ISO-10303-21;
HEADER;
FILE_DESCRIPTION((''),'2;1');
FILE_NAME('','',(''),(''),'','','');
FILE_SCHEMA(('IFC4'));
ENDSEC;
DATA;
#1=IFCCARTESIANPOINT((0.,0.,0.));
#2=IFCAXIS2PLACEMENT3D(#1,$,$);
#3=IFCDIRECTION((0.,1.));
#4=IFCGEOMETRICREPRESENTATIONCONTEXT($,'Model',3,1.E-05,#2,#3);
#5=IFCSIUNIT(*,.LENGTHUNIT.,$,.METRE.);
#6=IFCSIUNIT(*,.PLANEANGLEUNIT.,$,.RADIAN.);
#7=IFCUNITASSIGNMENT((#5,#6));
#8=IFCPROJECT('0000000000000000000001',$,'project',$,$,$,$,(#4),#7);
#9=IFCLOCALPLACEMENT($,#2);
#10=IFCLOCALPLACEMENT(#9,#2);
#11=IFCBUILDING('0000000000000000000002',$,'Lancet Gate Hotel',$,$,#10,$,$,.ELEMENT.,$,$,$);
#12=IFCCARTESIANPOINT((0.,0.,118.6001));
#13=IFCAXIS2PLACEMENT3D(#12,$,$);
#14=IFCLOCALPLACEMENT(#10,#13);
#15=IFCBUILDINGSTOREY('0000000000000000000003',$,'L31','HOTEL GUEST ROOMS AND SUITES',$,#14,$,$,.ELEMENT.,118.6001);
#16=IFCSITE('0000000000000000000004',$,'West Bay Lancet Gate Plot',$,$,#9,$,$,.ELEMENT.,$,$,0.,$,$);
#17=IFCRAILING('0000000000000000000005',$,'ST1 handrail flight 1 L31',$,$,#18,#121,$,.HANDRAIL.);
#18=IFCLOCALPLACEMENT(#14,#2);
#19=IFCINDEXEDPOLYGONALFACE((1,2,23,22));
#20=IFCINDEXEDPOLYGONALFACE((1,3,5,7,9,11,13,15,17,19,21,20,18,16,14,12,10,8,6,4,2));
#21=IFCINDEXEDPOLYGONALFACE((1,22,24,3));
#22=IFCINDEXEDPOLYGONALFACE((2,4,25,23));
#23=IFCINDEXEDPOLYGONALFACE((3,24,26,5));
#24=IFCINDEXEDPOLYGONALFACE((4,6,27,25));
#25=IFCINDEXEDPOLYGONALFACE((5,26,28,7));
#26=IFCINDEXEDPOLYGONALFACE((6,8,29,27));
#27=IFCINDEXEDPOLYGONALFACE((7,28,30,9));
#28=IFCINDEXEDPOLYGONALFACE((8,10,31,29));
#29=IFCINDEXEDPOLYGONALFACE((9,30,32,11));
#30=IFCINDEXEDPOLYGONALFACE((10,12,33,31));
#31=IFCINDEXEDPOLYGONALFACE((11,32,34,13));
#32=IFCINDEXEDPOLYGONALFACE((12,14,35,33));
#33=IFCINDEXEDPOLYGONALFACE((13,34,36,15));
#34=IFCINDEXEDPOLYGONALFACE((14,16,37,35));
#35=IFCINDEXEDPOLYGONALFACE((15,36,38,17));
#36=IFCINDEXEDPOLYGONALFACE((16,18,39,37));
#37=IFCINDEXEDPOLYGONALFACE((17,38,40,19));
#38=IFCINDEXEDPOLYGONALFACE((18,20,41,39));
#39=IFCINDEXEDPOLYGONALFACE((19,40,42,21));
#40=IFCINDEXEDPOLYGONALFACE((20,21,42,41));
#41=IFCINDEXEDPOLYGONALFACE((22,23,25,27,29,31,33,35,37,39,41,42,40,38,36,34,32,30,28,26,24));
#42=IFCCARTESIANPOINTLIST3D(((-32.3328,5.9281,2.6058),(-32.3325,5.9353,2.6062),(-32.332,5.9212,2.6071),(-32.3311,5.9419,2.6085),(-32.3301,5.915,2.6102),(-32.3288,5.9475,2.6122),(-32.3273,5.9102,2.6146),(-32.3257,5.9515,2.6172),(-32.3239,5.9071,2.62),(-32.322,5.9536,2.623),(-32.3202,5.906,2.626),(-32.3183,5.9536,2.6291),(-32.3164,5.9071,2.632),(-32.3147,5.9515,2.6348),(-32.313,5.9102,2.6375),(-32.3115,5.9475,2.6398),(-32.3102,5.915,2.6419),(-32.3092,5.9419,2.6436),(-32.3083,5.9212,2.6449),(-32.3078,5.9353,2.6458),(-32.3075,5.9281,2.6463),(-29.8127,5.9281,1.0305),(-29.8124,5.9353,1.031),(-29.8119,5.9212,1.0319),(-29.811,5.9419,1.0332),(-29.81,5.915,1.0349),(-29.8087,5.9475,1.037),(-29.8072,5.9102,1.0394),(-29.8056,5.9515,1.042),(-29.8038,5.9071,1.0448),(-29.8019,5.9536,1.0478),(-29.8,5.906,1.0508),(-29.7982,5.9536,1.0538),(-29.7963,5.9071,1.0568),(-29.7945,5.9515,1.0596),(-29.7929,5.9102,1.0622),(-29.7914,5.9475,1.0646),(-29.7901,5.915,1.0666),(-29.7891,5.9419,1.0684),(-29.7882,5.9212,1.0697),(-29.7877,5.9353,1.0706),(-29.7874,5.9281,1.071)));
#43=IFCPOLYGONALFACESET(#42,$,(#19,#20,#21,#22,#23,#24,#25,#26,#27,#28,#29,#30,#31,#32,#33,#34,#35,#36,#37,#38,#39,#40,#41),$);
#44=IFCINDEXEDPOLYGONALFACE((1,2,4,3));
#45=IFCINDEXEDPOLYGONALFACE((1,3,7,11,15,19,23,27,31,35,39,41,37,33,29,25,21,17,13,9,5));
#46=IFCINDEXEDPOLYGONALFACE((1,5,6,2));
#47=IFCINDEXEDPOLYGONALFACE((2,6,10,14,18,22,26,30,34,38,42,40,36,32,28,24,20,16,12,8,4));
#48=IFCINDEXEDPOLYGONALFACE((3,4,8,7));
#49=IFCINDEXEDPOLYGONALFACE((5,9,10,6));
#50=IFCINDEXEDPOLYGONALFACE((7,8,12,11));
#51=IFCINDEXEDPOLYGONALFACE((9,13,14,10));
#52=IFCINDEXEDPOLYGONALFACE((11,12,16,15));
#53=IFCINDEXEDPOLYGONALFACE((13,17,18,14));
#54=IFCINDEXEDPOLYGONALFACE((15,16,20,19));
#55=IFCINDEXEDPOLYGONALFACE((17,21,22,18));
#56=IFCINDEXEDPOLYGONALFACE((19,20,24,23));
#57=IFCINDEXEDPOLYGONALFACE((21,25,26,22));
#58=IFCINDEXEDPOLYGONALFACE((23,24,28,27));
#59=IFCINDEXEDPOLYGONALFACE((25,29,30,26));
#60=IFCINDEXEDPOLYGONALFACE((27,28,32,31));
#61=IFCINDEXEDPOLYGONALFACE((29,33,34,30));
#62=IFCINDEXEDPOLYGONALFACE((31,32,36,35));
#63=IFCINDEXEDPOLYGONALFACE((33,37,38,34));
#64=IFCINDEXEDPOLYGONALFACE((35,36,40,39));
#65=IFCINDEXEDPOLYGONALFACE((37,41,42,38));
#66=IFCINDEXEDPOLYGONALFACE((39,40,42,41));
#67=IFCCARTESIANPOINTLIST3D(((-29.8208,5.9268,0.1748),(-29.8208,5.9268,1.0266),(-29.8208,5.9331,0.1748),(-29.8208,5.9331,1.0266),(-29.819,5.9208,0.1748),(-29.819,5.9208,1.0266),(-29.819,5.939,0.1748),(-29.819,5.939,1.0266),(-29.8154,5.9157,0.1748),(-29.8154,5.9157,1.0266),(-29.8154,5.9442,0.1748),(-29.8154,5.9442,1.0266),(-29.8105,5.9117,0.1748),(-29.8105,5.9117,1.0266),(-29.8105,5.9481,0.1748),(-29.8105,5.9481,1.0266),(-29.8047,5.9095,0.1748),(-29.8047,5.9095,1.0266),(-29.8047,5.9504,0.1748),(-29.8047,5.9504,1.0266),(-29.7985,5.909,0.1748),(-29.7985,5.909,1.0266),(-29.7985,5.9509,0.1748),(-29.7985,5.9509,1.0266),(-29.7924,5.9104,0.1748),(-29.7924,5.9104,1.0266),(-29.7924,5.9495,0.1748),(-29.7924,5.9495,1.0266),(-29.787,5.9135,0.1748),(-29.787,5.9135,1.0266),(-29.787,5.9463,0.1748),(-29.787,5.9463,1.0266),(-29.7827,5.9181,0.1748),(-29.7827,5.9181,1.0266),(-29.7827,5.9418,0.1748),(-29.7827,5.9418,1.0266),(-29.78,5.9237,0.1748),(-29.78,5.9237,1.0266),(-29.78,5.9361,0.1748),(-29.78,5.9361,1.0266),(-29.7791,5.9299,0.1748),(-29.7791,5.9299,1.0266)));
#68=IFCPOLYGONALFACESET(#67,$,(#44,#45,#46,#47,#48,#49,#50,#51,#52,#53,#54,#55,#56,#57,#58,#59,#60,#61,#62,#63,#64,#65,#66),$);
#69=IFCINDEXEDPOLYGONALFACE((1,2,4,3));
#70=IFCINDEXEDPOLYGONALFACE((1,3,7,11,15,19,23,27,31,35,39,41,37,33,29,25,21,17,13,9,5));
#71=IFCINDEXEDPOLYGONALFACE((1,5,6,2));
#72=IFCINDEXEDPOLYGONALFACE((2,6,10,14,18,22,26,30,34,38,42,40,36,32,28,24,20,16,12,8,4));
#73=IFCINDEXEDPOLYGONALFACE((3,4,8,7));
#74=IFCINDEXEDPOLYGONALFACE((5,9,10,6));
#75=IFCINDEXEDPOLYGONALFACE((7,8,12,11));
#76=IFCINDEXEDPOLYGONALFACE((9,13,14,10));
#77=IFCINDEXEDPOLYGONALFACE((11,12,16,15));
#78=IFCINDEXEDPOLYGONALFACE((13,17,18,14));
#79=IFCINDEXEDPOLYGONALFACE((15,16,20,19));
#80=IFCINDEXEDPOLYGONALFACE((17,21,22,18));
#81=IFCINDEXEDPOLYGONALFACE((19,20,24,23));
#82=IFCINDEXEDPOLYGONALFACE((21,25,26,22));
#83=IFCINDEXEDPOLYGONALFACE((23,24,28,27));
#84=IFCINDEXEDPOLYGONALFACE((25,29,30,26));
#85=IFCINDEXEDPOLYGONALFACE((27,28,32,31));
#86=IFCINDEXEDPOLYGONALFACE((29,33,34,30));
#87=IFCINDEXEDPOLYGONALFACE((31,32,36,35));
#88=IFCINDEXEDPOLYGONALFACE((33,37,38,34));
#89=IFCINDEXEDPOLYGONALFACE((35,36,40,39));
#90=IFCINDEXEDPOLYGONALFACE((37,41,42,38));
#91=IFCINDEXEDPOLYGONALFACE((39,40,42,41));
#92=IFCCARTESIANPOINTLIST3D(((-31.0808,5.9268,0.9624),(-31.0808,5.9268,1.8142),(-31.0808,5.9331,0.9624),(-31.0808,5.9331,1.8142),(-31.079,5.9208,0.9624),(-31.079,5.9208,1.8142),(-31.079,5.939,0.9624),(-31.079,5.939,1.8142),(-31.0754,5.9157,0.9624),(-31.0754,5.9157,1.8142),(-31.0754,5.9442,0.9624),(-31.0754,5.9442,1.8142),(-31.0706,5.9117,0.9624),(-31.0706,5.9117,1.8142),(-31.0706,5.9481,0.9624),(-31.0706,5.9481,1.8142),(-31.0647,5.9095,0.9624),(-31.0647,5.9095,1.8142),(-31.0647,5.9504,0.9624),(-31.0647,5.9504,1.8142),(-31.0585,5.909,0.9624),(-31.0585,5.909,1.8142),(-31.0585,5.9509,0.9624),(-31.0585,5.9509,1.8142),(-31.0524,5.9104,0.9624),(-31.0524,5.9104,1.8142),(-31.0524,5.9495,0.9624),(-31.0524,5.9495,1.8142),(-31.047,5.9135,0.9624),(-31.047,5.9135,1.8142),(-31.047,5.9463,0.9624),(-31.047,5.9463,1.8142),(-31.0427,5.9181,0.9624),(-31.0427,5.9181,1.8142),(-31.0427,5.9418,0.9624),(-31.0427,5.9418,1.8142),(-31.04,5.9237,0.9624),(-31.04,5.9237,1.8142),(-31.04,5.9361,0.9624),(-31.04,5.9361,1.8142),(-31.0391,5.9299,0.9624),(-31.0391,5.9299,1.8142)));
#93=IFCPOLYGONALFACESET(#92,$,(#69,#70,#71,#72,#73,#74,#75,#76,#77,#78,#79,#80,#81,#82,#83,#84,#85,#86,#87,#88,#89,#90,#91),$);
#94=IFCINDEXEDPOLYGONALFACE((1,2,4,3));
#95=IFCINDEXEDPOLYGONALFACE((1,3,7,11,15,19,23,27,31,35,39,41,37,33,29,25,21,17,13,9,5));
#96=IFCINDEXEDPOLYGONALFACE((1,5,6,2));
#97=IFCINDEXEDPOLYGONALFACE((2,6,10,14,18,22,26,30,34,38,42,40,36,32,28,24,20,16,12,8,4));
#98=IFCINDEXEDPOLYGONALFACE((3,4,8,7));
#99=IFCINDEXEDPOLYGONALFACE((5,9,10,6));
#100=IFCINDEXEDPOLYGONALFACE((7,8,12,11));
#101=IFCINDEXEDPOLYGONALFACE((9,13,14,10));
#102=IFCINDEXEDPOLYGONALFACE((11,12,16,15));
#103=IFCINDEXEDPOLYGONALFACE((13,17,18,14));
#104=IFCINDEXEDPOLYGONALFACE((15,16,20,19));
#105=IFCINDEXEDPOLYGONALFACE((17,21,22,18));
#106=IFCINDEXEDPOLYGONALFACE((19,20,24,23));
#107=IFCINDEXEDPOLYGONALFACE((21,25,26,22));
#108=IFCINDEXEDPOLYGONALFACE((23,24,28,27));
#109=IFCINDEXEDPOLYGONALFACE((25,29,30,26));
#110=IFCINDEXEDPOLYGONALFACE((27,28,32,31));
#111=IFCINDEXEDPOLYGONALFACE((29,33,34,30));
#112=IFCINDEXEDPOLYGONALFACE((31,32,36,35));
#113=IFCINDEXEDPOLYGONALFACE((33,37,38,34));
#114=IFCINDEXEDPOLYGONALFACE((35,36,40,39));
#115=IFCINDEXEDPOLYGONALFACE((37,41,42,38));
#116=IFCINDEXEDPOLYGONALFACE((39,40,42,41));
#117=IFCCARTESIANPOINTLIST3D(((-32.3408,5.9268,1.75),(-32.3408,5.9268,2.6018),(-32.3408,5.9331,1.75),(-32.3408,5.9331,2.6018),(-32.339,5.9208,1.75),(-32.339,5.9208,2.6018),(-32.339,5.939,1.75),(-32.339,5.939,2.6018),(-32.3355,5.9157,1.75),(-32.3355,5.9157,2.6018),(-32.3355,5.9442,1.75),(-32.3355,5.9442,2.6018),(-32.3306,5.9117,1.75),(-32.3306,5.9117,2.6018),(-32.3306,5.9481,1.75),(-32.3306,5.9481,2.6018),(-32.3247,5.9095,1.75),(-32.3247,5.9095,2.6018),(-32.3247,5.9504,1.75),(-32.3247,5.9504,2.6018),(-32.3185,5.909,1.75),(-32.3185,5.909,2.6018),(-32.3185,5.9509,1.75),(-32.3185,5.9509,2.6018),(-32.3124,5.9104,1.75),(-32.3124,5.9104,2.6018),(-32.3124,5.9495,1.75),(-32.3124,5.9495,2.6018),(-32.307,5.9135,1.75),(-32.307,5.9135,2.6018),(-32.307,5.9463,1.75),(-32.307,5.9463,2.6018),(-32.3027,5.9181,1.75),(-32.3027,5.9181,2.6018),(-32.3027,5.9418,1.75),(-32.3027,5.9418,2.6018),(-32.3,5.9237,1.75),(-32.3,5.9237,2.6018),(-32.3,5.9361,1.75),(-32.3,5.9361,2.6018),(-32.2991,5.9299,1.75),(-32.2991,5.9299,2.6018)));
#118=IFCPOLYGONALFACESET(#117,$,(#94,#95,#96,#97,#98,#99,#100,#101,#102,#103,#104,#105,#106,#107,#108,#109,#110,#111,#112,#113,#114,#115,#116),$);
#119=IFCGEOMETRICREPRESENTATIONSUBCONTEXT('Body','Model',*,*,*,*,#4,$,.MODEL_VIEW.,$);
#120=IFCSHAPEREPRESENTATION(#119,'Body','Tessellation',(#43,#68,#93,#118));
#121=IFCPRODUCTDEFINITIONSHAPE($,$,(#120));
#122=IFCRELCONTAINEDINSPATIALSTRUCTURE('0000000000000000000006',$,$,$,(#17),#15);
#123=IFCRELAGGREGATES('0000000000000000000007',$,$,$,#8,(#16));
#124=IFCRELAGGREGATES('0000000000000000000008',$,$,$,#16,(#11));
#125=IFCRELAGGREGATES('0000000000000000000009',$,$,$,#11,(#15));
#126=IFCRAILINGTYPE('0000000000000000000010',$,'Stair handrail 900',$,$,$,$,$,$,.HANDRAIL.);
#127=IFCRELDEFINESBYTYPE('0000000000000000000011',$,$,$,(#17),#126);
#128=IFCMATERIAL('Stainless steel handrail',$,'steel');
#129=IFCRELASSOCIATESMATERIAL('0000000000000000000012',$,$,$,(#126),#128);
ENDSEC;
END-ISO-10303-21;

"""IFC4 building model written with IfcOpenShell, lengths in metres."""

from ifc_helpers import new_model, si_unit, direction, frame, origin, origin_2d, place, context, subcontext, project, spatial, circle, extrude, material, type_object, element, save


model = new_model("IFC4")

# Units and contexts
model_context = context("Model", 3, precision=1e-05, world=origin(), true_north=direction((0.0, 1.0)))
body_context = subcontext(model_context, "Body", "Model", "MODEL_VIEW")
ifc_project = project(units=[si_unit("LENGTHUNIT", "METRE"), si_unit("PLANEANGLEUNIT", "RADIAN")], contexts=[model_context])

# Site, building, storey
site_placement = place(None, origin())
site = spatial("IfcSite", under=ifc_project, at=site_placement, Name="West Bay Lancet Gate Plot", CompositionType="ELEMENT", RefElevation=0.0)
building_placement = place(site_placement, origin())
building = spatial("IfcBuilding", under=site, at=building_placement, Name="Lancet Gate Hotel", CompositionType="ELEMENT")
storey_placement = place(building_placement, frame((0.0, 0.0, 118.6001)))
storey = spatial("IfcBuildingStorey", under=building, at=storey_placement, Name="L31", Description="HOTEL GUEST ROOMS AND SUITES", CompositionType="ELEMENT", Elevation=118.6001)

# Railing
ifc_material_1 = material(Name="Stainless steel handrail", Category="steel")
railing_type = type_object("IfcRailingType", Name="Stair handrail 900", PredefinedType="HANDRAIL", material=ifc_material_1)
railing_1_placement = place(storey_placement, frame((-29.8, 5.9299, 0.1748)))
element("IfcRailing", 1, at=railing_1_placement, inside=storey, type_object=railing_type, Name="ST1 handrail flight 1 L31", PredefinedType="HANDRAIL", context=body_context, shape_type="SweptSolid", body=[
    extrude(circle(Radius=0.0239, at=origin_2d()), frame((0.0, 0.0, 0.876), z_axis=(-0.847971, 0.0, 0.530043), x_axis=(0.0, -1.0, 0.0)), (0.0, 0.0, 1.0), 2.9719),
    extrude(circle(Radius=0.021, at=origin_2d()), origin(), (0.0, 0.0, 1.0), 0.8518),
    extrude(circle(Radius=0.021, at=origin_2d()), frame((-1.26, 0.0, 0.7876)), (0.0, 0.0, 1.0), 0.8518),
    extrude(circle(Radius=0.021, at=origin_2d()), frame((-2.52, 0.0, 1.5752)), (0.0, 0.0, 1.0), 0.8518),
])

save(model, "model.ifc")
